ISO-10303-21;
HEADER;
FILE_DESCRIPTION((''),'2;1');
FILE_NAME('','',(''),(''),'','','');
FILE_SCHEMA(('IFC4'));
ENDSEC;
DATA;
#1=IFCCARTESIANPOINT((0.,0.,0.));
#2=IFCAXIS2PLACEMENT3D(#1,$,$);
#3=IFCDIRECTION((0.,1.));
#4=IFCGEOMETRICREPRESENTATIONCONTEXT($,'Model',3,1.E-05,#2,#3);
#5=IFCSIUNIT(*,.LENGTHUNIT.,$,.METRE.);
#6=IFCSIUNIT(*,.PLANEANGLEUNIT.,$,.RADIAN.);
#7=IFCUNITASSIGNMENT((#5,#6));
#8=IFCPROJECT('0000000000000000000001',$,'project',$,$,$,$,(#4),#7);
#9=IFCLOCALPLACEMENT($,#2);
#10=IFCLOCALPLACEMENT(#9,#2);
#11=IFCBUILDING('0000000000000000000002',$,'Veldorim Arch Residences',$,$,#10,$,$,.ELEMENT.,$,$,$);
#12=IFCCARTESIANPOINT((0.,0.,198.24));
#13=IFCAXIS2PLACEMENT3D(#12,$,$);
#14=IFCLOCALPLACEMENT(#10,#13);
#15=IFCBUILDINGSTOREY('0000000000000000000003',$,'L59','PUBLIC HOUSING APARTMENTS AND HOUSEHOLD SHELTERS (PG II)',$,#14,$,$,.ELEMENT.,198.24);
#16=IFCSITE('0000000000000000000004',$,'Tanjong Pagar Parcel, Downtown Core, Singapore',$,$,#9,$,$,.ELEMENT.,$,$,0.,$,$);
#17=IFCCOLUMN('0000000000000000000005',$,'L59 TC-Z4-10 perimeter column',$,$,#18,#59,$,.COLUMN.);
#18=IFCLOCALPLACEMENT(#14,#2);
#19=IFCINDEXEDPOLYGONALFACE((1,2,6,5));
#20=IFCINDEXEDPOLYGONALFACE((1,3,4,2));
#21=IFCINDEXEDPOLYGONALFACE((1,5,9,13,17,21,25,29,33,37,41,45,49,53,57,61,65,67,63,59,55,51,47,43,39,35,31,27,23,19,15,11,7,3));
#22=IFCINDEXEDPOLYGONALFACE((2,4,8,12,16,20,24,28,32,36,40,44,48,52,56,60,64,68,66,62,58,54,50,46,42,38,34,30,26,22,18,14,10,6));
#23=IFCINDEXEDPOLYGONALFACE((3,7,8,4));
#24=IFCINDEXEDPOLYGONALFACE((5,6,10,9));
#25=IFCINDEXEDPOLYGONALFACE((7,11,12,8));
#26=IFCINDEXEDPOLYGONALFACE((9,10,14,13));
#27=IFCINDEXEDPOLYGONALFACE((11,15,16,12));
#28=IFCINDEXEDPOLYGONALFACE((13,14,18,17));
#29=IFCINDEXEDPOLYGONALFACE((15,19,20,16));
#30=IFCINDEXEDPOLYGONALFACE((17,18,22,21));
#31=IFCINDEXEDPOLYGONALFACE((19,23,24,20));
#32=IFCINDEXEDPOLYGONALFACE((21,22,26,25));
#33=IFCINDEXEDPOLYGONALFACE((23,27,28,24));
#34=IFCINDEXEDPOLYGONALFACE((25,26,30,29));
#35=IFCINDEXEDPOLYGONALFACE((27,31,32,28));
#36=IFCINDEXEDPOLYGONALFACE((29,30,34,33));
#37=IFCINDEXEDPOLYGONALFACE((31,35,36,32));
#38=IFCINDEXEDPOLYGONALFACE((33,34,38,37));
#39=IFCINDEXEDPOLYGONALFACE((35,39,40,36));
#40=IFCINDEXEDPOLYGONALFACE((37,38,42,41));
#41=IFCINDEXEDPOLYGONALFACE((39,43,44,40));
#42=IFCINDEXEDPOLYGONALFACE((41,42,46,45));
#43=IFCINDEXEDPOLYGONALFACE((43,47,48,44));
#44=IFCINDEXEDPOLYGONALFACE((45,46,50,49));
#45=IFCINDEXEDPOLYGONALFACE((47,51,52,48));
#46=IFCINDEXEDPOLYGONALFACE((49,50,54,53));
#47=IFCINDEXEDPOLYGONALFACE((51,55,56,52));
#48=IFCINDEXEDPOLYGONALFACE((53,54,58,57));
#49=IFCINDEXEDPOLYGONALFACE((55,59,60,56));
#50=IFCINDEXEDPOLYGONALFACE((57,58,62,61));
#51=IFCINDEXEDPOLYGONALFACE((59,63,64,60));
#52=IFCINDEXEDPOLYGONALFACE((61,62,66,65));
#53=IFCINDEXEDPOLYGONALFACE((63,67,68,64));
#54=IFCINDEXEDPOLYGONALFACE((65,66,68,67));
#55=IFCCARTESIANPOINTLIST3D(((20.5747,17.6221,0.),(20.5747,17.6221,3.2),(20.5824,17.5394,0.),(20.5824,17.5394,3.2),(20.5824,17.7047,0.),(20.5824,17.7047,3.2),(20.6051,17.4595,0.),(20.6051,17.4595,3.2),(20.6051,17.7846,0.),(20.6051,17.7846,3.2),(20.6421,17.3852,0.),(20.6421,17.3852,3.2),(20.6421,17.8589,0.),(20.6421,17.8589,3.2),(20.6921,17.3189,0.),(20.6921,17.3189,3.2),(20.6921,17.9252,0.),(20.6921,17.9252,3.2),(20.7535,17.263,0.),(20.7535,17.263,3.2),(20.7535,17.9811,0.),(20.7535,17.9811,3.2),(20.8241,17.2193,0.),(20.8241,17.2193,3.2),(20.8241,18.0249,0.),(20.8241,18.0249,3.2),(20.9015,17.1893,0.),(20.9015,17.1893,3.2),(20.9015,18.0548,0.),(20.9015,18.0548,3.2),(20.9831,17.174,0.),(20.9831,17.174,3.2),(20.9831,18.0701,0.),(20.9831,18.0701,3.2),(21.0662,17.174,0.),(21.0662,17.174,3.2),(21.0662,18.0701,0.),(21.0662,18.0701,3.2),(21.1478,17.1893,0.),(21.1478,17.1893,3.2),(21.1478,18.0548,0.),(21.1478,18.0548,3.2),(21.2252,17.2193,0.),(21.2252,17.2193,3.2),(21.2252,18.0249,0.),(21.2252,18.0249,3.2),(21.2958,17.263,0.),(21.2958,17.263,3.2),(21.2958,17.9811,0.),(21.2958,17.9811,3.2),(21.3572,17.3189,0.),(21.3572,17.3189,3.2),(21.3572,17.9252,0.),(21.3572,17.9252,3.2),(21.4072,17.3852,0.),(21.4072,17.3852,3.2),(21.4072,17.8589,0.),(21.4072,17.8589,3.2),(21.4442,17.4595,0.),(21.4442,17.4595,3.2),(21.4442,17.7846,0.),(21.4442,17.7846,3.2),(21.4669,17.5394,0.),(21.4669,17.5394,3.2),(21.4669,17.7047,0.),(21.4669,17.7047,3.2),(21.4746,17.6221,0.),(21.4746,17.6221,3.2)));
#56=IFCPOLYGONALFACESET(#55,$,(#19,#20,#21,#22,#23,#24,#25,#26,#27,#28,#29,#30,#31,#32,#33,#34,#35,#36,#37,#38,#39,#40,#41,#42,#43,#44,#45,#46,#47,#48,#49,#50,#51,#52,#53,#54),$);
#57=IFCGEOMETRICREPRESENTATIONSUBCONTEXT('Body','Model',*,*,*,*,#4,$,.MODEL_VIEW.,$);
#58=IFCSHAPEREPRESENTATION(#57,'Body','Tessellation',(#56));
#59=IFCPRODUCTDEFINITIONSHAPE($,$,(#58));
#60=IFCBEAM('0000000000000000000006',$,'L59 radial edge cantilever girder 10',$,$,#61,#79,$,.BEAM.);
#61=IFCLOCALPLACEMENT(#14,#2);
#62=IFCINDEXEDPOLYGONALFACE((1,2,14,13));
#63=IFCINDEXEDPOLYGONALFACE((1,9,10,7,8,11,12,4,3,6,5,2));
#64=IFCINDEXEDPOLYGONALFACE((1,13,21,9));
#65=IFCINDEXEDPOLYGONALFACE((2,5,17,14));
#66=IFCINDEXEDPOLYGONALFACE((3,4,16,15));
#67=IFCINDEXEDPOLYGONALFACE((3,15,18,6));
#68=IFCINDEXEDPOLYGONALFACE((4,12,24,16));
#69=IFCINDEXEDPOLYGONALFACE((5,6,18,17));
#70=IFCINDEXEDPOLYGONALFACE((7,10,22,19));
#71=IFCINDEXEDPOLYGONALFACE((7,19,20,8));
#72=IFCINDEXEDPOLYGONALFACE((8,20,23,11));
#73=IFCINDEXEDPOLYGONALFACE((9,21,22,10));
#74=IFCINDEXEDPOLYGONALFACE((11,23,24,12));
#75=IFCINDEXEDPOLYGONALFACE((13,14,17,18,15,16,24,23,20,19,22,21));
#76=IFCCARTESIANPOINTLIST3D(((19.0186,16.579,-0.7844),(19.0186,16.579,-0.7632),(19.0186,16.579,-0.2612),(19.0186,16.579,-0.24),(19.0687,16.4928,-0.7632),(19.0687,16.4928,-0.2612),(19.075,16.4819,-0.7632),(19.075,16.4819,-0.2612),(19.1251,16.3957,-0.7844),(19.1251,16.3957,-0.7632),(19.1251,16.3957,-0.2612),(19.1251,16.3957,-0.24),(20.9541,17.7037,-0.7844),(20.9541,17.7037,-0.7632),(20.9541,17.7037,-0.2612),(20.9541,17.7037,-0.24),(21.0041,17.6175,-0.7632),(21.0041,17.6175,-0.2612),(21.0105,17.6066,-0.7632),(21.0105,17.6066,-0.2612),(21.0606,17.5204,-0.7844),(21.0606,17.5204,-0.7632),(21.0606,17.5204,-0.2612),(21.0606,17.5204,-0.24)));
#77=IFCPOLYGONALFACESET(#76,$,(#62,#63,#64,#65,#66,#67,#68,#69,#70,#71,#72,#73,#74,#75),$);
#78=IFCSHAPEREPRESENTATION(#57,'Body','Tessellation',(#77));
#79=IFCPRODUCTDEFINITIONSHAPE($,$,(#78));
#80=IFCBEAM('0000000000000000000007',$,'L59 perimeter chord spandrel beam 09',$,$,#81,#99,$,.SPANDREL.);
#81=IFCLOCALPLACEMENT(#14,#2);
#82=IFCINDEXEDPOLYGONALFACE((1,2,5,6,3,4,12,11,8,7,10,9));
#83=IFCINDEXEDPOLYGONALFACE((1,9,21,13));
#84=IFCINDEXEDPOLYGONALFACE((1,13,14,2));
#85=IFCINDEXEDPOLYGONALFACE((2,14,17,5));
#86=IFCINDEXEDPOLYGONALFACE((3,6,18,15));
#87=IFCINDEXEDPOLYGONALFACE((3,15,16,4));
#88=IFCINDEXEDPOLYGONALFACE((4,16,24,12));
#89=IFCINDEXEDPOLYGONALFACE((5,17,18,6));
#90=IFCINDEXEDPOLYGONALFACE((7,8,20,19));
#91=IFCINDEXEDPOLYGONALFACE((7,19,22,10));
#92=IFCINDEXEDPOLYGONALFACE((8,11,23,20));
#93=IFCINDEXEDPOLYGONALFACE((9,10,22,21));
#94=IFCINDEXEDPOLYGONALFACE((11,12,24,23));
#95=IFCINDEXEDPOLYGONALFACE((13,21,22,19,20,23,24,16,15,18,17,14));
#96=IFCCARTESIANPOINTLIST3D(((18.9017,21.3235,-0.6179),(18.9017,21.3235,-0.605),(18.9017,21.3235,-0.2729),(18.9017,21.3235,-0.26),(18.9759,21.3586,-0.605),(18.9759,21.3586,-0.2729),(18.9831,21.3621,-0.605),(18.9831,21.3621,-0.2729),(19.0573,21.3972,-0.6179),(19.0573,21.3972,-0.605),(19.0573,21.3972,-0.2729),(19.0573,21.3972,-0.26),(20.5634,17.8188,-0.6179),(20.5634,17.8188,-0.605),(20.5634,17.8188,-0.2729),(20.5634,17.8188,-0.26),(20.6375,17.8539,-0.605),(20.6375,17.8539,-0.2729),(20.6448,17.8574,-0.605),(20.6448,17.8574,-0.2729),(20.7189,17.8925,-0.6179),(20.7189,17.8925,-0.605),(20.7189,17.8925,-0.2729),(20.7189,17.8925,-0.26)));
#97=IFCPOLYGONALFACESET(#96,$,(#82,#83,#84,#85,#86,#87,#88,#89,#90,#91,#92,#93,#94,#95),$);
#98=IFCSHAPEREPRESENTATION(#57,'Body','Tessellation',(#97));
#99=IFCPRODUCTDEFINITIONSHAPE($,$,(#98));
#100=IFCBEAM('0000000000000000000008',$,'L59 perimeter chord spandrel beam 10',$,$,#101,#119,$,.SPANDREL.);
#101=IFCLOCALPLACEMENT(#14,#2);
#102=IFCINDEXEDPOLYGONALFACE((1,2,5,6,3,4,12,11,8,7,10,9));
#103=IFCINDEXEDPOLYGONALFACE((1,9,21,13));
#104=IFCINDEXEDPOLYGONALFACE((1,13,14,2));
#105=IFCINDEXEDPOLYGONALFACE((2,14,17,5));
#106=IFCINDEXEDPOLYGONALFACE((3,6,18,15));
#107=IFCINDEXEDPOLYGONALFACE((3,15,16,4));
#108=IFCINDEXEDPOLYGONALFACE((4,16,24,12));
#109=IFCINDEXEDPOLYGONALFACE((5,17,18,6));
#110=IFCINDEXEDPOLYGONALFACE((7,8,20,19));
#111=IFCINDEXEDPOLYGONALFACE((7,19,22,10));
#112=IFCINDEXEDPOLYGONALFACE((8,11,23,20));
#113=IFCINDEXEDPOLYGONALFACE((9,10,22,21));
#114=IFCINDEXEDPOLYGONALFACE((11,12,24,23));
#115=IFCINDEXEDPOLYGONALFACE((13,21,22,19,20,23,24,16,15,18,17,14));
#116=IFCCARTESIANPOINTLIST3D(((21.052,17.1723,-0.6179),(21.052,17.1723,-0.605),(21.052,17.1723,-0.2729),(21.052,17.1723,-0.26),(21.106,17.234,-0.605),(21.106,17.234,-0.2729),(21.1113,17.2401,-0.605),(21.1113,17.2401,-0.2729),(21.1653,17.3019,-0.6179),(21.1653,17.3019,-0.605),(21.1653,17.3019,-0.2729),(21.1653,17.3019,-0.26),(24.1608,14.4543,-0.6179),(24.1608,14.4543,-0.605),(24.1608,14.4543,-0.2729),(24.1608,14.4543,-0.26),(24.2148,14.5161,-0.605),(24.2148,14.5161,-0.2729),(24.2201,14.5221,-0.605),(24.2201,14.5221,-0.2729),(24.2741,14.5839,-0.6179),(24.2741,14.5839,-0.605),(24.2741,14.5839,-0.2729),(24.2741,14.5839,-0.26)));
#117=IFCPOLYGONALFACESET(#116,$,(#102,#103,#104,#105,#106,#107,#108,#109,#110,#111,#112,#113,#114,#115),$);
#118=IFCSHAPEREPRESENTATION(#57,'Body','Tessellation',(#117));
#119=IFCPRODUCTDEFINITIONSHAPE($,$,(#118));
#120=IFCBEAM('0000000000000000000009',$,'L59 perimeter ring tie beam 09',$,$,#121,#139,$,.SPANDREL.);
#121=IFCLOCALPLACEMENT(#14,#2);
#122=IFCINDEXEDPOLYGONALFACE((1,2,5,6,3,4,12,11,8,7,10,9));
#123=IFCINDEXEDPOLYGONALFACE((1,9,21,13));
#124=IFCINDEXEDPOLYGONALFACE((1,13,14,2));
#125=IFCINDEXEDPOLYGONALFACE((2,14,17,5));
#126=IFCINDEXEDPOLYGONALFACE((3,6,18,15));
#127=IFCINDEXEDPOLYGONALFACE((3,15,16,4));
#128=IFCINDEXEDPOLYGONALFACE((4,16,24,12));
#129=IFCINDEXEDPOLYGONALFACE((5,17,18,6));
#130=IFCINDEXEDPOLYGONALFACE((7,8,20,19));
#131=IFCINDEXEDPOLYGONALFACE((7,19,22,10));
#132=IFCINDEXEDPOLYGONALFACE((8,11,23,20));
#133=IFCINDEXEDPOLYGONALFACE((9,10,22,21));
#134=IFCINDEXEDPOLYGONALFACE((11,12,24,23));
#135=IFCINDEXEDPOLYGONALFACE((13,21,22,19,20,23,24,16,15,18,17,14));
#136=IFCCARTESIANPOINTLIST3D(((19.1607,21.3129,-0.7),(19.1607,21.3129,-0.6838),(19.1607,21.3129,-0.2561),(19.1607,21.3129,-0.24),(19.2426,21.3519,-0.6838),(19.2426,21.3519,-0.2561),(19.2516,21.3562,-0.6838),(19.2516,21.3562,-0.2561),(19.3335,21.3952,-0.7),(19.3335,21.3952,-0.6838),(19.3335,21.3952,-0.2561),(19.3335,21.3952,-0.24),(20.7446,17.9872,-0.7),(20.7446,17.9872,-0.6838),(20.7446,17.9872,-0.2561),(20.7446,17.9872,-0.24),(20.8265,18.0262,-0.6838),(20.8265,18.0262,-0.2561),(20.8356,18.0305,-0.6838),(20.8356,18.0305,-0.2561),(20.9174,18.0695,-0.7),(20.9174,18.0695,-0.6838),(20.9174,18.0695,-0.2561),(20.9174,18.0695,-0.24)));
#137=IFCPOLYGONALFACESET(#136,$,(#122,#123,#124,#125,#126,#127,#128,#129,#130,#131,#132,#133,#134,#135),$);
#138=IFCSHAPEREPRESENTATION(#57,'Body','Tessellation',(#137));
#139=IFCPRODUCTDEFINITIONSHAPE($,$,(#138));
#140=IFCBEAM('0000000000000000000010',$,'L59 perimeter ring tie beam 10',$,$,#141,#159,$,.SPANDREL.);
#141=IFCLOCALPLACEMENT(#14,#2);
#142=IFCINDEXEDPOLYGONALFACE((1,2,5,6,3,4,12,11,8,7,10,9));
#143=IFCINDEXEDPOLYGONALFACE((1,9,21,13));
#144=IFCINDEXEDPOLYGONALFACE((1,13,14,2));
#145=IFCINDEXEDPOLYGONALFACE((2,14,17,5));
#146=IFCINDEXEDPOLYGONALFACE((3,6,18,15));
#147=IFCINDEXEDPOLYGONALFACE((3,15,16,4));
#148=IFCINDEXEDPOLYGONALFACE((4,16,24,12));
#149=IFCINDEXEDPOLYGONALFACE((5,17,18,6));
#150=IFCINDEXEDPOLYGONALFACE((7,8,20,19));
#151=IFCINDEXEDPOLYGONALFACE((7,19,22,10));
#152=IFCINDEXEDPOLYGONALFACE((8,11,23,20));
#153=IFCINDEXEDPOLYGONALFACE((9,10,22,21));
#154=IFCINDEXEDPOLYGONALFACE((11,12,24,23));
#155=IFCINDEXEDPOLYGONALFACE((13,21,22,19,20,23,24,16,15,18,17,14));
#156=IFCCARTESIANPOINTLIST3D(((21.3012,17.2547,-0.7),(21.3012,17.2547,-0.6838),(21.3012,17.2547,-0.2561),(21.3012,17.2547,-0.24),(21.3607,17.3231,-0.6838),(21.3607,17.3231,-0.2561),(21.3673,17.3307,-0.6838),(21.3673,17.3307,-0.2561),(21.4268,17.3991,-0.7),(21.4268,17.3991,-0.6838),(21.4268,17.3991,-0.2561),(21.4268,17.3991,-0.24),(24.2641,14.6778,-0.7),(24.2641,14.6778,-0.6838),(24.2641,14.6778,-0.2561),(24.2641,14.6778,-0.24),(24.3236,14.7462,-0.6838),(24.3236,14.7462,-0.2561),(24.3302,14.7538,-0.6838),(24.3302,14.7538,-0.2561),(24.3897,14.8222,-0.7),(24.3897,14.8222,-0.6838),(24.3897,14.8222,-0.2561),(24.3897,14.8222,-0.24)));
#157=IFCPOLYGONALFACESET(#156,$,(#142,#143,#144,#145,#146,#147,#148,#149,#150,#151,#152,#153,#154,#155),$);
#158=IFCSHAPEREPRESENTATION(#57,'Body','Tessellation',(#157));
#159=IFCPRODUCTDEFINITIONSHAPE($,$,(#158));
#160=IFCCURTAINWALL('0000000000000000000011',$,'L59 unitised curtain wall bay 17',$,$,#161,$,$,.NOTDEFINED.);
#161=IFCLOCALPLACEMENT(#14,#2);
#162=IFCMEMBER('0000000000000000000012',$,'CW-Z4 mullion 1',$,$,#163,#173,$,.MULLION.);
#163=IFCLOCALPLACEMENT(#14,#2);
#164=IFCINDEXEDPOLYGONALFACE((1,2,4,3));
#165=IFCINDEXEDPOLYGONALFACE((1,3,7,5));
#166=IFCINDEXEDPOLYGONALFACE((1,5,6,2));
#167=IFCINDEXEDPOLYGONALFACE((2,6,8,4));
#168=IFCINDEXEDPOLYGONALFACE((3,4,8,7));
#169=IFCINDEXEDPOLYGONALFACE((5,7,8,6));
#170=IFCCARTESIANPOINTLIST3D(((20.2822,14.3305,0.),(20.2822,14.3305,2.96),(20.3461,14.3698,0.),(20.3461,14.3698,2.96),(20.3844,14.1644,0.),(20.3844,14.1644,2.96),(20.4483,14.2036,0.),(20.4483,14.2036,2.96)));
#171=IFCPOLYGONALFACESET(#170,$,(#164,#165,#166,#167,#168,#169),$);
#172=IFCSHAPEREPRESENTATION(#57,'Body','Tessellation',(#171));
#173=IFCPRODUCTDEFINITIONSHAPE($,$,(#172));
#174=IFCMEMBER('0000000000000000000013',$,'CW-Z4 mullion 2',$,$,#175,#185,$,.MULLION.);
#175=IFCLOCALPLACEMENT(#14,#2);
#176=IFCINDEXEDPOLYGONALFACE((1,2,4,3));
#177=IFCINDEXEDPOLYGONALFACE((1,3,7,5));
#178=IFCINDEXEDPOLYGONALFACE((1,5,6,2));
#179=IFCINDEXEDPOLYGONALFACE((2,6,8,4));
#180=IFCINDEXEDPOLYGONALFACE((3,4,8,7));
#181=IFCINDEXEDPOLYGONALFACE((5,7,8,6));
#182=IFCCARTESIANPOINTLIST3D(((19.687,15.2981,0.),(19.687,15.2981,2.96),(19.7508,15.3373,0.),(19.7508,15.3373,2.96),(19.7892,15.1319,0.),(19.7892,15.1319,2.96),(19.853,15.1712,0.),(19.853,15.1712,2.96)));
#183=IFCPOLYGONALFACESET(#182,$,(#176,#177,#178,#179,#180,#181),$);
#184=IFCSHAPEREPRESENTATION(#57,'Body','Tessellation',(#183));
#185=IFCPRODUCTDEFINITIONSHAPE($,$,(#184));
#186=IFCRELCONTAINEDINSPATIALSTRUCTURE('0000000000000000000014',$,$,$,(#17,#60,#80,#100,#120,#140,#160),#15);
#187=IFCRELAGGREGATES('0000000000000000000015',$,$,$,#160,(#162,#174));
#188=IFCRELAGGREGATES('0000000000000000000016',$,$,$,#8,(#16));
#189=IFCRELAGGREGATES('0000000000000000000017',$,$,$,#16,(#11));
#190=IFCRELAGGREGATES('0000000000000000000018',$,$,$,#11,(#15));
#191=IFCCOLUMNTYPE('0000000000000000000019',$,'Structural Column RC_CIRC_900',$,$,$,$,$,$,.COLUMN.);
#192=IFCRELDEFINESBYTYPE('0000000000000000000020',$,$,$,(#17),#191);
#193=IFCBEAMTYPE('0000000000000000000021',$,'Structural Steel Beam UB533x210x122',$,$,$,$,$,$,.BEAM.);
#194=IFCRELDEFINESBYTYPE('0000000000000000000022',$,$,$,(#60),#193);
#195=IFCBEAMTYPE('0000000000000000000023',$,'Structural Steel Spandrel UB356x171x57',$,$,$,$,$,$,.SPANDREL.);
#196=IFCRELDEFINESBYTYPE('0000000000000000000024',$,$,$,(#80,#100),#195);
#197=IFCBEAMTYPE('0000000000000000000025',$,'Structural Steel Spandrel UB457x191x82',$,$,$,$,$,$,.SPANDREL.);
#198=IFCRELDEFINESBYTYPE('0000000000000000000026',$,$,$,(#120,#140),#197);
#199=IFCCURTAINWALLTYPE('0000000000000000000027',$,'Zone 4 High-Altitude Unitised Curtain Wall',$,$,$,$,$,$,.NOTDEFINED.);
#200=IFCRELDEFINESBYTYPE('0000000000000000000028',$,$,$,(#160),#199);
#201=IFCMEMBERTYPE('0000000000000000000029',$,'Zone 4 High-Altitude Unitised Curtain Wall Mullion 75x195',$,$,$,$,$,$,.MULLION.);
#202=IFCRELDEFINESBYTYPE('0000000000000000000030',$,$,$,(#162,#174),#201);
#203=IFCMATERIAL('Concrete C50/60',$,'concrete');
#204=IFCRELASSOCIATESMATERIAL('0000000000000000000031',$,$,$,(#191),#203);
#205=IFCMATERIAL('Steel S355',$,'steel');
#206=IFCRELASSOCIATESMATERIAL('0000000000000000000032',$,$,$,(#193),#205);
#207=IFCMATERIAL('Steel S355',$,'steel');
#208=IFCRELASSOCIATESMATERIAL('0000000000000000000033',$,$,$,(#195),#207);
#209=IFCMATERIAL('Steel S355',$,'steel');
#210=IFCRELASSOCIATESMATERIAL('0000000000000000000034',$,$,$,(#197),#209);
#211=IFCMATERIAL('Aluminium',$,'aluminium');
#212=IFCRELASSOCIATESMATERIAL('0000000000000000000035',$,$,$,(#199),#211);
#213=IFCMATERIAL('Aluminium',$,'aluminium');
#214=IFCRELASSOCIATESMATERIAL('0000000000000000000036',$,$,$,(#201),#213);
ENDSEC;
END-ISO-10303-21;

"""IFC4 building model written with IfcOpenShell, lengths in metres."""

from ifc_helpers import new_model, si_unit, direction, frame, origin, origin_2d, place, context, subcontext, project, spatial, rectangle, circle, i_section, extrude, material, material_profile, profile_set, type_object, element, aggregate, save


model = new_model("IFC4")

# Units and contexts
model_context = context("Model", 3, precision=1e-05, world=origin(), true_north=direction((0.0, 1.0)))
body_context = subcontext(model_context, "Body", "Model", "MODEL_VIEW")
ifc_project = project(units=[si_unit("LENGTHUNIT", "METRE"), si_unit("PLANEANGLEUNIT", "RADIAN")], contexts=[model_context])

# Site, building, storey
site_placement = place(None, origin())
site = spatial("IfcSite", under=ifc_project, at=site_placement, Name="Tanjong Pagar Parcel, Downtown Core, Singapore", CompositionType="ELEMENT", RefElevation=0.0)
building_placement = place(site_placement, origin())
building = spatial("IfcBuilding", under=site, at=building_placement, Name="Veldorim Arch Residences", CompositionType="ELEMENT")
storey_placement = place(building_placement, frame((0.0, 0.0, 198.24)))
storey = spatial("IfcBuildingStorey", under=building, at=storey_placement, Name="L59", Description="PUBLIC HOUSING APARTMENTS AND HOUSEHOLD SHELTERS (PG II)", CompositionType="ELEMENT", Elevation=198.24)

# Column
ifc_material_1 = material(Name="Concrete C50/60", Category="concrete")
ifc_material_profile_1 = material_profile(ifc_material_1, circle(Radius=0.45, at=origin_2d()), Name="RC_CIRC_900")
ifc_profile_set_1 = profile_set([ifc_material_profile_1], Name="Concrete C50/60")
column_type = type_object("IfcColumnType", Name="Structural Column RC_CIRC_900", PredefinedType="COLUMN", material=ifc_profile_set_1)
column_placement = place(storey_placement, frame((21.0247, 17.6221, 0.0), z_axis=(0.0, 0.0, 1.0), x_axis=(1.0, 0.0, 0.0)))
element("IfcColumn", 1, at=column_placement, inside=storey, type_object=column_type, Name="L59 TC-Z4-10 perimeter column", PredefinedType="COLUMN", context=body_context, shape_type="SweptSolid", body=[
    extrude(circle(Radius=0.45, at=origin_2d()), origin(), (0.0, 0.0, 1.0), 3.2),
])

# Beams
ifc_material_2 = material(Name="Steel S355", Category="steel")
ifc_material_profile_2 = material_profile(ifc_material_2, i_section(OverallWidth=0.2119, OverallDepth=0.5444, WebThickness=0.0127, FlangeThickness=0.0212, at=origin_2d()), Name="UB533x210x122")
ifc_profile_set_2 = profile_set([ifc_material_profile_2], Name="Steel S355")
beam_type_1 = type_object("IfcBeamType", Name="Structural Steel Beam UB533x210x122", PredefinedType="BEAM", material=ifc_profile_set_2)
beam_1_placement = place(storey_placement, frame((21.0073, 17.6121, -0.5122), z_axis=(-0.864616, -0.502433, 0.0), x_axis=(0.502433, -0.864616, 0.0)))
element("IfcBeam", 2, at=beam_1_placement, inside=storey, type_object=beam_type_1, Name="L59 radial edge cantilever girder 10", PredefinedType="BEAM", context=body_context, shape_type="SweptSolid", body=[
    extrude(i_section(OverallWidth=0.2119, OverallDepth=0.5444, WebThickness=0.0127, FlangeThickness=0.0212, at=origin_2d()), origin(), (0.0, 0.0, 1.0), 2.2385),
])
ifc_material_3 = material(Name="Steel S355", Category="steel")
ifc_material_profile_3 = material_profile(ifc_material_3, i_section(OverallWidth=0.1721, OverallDepth=0.3579, WebThickness=0.0081, FlangeThickness=0.0129, at=origin_2d()), Name="UB356x171x57")
ifc_profile_set_3 = profile_set([ifc_material_profile_3], Name="Steel S355")
beam_type_2 = type_object("IfcBeamType", Name="Structural Steel Spandrel UB356x171x57", PredefinedType="SPANDREL", material=ifc_profile_set_3)
beam_2_placement = place(storey_placement, frame((18.9795, 21.3604, -0.439), z_axis=(0.428408, -0.903585, 0.0), x_axis=(0.903585, 0.428408, 0.0)))
element("IfcBeam", 3, at=beam_2_placement, inside=storey, type_object=beam_type_2, Name="L59 perimeter chord spandrel beam 09", PredefinedType="SPANDREL", context=body_context, shape_type="SweptSolid", body=[
    extrude(i_section(OverallWidth=0.1721, OverallDepth=0.3579, WebThickness=0.0081, FlangeThickness=0.0129, at=origin_2d()), origin(), (0.0, 0.0, 1.0), 3.8787),
])
beam_3_placement = place(storey_placement, frame((21.1086, 17.2371, -0.439), z_axis=(0.752848, -0.658195, 0.0), x_axis=(0.658195, 0.752848, 0.0)))
element("IfcBeam", 4, at=beam_3_placement, inside=storey, type_object=beam_type_2, Name="L59 perimeter chord spandrel beam 10", PredefinedType="SPANDREL", context=body_context, shape_type="SweptSolid", body=[
    extrude(i_section(OverallWidth=0.1721, OverallDepth=0.3579, WebThickness=0.0081, FlangeThickness=0.0129, at=origin_2d()), origin(), (0.0, 0.0, 1.0), 4.1294),
])
ifc_material_4 = material(Name="Steel S355", Category="steel")
ifc_material_profile_4 = material_profile(ifc_material_4, i_section(OverallWidth=0.1914, OverallDepth=0.46, WebThickness=0.01, FlangeThickness=0.0161, at=origin_2d()), Name="UB457x191x82")
ifc_profile_set_4 = profile_set([ifc_material_profile_4], Name="Steel S355")
beam_type_3 = type_object("IfcBeamType", Name="Structural Steel Spandrel UB457x191x82", PredefinedType="SPANDREL", material=ifc_profile_set_4)
beam_4_placement = place(storey_placement, frame((19.2471, 21.354, -0.47), z_axis=(0.430006, -0.902826, 0.0), x_axis=(0.902826, 0.430006, 0.0)))
element("IfcBeam", 5, at=beam_4_placement, inside=storey, type_object=beam_type_3, Name="L59 perimeter ring tie beam 09", PredefinedType="SPANDREL", context=body_context, shape_type="SweptSolid", body=[
    extrude(i_section(OverallWidth=0.1914, OverallDepth=0.46, WebThickness=0.01, FlangeThickness=0.0161, at=origin_2d()), origin(), (0.0, 0.0, 1.0), 3.6836),
])
beam_5_placement = place(storey_placement, frame((21.364, 17.3269, -0.47), z_axis=(0.754545, -0.656248, 0.0), x_axis=(0.656248, 0.754545, 0.0)))
element("IfcBeam", 6, at=beam_5_placement, inside=storey, type_object=beam_type_3, Name="L59 perimeter ring tie beam 10", PredefinedType="SPANDREL", context=body_context, shape_type="SweptSolid", body=[
    extrude(i_section(OverallWidth=0.1914, OverallDepth=0.46, WebThickness=0.01, FlangeThickness=0.0161, at=origin_2d()), origin(), (0.0, 0.0, 1.0), 3.9268),
])

# Curtain wall, members
ifc_material_5 = material(Name="Aluminium", Category="aluminium")
curtain_wall_type = type_object("IfcCurtainWallType", Name="Zone 4 High-Altitude Unitised Curtain Wall", PredefinedType="NOTDEFINED", material=ifc_material_5)
curtain_wall_placement = place(storey_placement, origin())
curtain_wall = element("IfcCurtainWall", 7, at=curtain_wall_placement, inside=storey, type_object=curtain_wall_type, Name="L59 unitised curtain wall bay 17", PredefinedType="NOTDEFINED")
ifc_material_6 = material(Name="Aluminium", Category="aluminium")
ifc_material_profile_5 = material_profile(ifc_material_6, rectangle(XDim=0.075, YDim=0.1951, at=origin_2d()), Name="ALU_MUL_75x195")
ifc_profile_set_5 = profile_set([ifc_material_profile_5], Name="Aluminium")
member_type_1 = type_object("IfcMemberType", Name="Zone 4 High-Altitude Unitised Curtain Wall Mullion 75x195", PredefinedType="MULLION", material=ifc_profile_set_5)
member_1_placement = place(storey_placement, frame((20.3652, 14.2671, 0.0), z_axis=(0.0, 0.0, 1.0), x_axis=(-0.851802, -0.523864, 0.0)))
member_1 = element("IfcMember", 8, at=member_1_placement, type_object=member_type_1, Name="CW-Z4 mullion 1", PredefinedType="MULLION", context=body_context, shape_type="SweptSolid", body=[
    extrude(rectangle(XDim=0.075, YDim=0.1951, at=origin_2d()), origin(), (0.0, 0.0, 1.0), 2.96),
])
member_2_placement = place(storey_placement, frame((19.77, 15.2346, 0.0), z_axis=(0.0, 0.0, 1.0), x_axis=(-0.851802, -0.523864, 0.0)))
member_2 = element("IfcMember", 9, at=member_2_placement, type_object=member_type_1, Name="CW-Z4 mullion 2", PredefinedType="MULLION", context=body_context, shape_type="SweptSolid", body=[
    extrude(rectangle(XDim=0.075, YDim=0.1951, at=origin_2d()), origin(), (0.0, 0.0, 1.0), 2.96),
])

aggregate(curtain_wall, [member_1, member_2])

save(model, "model.ifc")
